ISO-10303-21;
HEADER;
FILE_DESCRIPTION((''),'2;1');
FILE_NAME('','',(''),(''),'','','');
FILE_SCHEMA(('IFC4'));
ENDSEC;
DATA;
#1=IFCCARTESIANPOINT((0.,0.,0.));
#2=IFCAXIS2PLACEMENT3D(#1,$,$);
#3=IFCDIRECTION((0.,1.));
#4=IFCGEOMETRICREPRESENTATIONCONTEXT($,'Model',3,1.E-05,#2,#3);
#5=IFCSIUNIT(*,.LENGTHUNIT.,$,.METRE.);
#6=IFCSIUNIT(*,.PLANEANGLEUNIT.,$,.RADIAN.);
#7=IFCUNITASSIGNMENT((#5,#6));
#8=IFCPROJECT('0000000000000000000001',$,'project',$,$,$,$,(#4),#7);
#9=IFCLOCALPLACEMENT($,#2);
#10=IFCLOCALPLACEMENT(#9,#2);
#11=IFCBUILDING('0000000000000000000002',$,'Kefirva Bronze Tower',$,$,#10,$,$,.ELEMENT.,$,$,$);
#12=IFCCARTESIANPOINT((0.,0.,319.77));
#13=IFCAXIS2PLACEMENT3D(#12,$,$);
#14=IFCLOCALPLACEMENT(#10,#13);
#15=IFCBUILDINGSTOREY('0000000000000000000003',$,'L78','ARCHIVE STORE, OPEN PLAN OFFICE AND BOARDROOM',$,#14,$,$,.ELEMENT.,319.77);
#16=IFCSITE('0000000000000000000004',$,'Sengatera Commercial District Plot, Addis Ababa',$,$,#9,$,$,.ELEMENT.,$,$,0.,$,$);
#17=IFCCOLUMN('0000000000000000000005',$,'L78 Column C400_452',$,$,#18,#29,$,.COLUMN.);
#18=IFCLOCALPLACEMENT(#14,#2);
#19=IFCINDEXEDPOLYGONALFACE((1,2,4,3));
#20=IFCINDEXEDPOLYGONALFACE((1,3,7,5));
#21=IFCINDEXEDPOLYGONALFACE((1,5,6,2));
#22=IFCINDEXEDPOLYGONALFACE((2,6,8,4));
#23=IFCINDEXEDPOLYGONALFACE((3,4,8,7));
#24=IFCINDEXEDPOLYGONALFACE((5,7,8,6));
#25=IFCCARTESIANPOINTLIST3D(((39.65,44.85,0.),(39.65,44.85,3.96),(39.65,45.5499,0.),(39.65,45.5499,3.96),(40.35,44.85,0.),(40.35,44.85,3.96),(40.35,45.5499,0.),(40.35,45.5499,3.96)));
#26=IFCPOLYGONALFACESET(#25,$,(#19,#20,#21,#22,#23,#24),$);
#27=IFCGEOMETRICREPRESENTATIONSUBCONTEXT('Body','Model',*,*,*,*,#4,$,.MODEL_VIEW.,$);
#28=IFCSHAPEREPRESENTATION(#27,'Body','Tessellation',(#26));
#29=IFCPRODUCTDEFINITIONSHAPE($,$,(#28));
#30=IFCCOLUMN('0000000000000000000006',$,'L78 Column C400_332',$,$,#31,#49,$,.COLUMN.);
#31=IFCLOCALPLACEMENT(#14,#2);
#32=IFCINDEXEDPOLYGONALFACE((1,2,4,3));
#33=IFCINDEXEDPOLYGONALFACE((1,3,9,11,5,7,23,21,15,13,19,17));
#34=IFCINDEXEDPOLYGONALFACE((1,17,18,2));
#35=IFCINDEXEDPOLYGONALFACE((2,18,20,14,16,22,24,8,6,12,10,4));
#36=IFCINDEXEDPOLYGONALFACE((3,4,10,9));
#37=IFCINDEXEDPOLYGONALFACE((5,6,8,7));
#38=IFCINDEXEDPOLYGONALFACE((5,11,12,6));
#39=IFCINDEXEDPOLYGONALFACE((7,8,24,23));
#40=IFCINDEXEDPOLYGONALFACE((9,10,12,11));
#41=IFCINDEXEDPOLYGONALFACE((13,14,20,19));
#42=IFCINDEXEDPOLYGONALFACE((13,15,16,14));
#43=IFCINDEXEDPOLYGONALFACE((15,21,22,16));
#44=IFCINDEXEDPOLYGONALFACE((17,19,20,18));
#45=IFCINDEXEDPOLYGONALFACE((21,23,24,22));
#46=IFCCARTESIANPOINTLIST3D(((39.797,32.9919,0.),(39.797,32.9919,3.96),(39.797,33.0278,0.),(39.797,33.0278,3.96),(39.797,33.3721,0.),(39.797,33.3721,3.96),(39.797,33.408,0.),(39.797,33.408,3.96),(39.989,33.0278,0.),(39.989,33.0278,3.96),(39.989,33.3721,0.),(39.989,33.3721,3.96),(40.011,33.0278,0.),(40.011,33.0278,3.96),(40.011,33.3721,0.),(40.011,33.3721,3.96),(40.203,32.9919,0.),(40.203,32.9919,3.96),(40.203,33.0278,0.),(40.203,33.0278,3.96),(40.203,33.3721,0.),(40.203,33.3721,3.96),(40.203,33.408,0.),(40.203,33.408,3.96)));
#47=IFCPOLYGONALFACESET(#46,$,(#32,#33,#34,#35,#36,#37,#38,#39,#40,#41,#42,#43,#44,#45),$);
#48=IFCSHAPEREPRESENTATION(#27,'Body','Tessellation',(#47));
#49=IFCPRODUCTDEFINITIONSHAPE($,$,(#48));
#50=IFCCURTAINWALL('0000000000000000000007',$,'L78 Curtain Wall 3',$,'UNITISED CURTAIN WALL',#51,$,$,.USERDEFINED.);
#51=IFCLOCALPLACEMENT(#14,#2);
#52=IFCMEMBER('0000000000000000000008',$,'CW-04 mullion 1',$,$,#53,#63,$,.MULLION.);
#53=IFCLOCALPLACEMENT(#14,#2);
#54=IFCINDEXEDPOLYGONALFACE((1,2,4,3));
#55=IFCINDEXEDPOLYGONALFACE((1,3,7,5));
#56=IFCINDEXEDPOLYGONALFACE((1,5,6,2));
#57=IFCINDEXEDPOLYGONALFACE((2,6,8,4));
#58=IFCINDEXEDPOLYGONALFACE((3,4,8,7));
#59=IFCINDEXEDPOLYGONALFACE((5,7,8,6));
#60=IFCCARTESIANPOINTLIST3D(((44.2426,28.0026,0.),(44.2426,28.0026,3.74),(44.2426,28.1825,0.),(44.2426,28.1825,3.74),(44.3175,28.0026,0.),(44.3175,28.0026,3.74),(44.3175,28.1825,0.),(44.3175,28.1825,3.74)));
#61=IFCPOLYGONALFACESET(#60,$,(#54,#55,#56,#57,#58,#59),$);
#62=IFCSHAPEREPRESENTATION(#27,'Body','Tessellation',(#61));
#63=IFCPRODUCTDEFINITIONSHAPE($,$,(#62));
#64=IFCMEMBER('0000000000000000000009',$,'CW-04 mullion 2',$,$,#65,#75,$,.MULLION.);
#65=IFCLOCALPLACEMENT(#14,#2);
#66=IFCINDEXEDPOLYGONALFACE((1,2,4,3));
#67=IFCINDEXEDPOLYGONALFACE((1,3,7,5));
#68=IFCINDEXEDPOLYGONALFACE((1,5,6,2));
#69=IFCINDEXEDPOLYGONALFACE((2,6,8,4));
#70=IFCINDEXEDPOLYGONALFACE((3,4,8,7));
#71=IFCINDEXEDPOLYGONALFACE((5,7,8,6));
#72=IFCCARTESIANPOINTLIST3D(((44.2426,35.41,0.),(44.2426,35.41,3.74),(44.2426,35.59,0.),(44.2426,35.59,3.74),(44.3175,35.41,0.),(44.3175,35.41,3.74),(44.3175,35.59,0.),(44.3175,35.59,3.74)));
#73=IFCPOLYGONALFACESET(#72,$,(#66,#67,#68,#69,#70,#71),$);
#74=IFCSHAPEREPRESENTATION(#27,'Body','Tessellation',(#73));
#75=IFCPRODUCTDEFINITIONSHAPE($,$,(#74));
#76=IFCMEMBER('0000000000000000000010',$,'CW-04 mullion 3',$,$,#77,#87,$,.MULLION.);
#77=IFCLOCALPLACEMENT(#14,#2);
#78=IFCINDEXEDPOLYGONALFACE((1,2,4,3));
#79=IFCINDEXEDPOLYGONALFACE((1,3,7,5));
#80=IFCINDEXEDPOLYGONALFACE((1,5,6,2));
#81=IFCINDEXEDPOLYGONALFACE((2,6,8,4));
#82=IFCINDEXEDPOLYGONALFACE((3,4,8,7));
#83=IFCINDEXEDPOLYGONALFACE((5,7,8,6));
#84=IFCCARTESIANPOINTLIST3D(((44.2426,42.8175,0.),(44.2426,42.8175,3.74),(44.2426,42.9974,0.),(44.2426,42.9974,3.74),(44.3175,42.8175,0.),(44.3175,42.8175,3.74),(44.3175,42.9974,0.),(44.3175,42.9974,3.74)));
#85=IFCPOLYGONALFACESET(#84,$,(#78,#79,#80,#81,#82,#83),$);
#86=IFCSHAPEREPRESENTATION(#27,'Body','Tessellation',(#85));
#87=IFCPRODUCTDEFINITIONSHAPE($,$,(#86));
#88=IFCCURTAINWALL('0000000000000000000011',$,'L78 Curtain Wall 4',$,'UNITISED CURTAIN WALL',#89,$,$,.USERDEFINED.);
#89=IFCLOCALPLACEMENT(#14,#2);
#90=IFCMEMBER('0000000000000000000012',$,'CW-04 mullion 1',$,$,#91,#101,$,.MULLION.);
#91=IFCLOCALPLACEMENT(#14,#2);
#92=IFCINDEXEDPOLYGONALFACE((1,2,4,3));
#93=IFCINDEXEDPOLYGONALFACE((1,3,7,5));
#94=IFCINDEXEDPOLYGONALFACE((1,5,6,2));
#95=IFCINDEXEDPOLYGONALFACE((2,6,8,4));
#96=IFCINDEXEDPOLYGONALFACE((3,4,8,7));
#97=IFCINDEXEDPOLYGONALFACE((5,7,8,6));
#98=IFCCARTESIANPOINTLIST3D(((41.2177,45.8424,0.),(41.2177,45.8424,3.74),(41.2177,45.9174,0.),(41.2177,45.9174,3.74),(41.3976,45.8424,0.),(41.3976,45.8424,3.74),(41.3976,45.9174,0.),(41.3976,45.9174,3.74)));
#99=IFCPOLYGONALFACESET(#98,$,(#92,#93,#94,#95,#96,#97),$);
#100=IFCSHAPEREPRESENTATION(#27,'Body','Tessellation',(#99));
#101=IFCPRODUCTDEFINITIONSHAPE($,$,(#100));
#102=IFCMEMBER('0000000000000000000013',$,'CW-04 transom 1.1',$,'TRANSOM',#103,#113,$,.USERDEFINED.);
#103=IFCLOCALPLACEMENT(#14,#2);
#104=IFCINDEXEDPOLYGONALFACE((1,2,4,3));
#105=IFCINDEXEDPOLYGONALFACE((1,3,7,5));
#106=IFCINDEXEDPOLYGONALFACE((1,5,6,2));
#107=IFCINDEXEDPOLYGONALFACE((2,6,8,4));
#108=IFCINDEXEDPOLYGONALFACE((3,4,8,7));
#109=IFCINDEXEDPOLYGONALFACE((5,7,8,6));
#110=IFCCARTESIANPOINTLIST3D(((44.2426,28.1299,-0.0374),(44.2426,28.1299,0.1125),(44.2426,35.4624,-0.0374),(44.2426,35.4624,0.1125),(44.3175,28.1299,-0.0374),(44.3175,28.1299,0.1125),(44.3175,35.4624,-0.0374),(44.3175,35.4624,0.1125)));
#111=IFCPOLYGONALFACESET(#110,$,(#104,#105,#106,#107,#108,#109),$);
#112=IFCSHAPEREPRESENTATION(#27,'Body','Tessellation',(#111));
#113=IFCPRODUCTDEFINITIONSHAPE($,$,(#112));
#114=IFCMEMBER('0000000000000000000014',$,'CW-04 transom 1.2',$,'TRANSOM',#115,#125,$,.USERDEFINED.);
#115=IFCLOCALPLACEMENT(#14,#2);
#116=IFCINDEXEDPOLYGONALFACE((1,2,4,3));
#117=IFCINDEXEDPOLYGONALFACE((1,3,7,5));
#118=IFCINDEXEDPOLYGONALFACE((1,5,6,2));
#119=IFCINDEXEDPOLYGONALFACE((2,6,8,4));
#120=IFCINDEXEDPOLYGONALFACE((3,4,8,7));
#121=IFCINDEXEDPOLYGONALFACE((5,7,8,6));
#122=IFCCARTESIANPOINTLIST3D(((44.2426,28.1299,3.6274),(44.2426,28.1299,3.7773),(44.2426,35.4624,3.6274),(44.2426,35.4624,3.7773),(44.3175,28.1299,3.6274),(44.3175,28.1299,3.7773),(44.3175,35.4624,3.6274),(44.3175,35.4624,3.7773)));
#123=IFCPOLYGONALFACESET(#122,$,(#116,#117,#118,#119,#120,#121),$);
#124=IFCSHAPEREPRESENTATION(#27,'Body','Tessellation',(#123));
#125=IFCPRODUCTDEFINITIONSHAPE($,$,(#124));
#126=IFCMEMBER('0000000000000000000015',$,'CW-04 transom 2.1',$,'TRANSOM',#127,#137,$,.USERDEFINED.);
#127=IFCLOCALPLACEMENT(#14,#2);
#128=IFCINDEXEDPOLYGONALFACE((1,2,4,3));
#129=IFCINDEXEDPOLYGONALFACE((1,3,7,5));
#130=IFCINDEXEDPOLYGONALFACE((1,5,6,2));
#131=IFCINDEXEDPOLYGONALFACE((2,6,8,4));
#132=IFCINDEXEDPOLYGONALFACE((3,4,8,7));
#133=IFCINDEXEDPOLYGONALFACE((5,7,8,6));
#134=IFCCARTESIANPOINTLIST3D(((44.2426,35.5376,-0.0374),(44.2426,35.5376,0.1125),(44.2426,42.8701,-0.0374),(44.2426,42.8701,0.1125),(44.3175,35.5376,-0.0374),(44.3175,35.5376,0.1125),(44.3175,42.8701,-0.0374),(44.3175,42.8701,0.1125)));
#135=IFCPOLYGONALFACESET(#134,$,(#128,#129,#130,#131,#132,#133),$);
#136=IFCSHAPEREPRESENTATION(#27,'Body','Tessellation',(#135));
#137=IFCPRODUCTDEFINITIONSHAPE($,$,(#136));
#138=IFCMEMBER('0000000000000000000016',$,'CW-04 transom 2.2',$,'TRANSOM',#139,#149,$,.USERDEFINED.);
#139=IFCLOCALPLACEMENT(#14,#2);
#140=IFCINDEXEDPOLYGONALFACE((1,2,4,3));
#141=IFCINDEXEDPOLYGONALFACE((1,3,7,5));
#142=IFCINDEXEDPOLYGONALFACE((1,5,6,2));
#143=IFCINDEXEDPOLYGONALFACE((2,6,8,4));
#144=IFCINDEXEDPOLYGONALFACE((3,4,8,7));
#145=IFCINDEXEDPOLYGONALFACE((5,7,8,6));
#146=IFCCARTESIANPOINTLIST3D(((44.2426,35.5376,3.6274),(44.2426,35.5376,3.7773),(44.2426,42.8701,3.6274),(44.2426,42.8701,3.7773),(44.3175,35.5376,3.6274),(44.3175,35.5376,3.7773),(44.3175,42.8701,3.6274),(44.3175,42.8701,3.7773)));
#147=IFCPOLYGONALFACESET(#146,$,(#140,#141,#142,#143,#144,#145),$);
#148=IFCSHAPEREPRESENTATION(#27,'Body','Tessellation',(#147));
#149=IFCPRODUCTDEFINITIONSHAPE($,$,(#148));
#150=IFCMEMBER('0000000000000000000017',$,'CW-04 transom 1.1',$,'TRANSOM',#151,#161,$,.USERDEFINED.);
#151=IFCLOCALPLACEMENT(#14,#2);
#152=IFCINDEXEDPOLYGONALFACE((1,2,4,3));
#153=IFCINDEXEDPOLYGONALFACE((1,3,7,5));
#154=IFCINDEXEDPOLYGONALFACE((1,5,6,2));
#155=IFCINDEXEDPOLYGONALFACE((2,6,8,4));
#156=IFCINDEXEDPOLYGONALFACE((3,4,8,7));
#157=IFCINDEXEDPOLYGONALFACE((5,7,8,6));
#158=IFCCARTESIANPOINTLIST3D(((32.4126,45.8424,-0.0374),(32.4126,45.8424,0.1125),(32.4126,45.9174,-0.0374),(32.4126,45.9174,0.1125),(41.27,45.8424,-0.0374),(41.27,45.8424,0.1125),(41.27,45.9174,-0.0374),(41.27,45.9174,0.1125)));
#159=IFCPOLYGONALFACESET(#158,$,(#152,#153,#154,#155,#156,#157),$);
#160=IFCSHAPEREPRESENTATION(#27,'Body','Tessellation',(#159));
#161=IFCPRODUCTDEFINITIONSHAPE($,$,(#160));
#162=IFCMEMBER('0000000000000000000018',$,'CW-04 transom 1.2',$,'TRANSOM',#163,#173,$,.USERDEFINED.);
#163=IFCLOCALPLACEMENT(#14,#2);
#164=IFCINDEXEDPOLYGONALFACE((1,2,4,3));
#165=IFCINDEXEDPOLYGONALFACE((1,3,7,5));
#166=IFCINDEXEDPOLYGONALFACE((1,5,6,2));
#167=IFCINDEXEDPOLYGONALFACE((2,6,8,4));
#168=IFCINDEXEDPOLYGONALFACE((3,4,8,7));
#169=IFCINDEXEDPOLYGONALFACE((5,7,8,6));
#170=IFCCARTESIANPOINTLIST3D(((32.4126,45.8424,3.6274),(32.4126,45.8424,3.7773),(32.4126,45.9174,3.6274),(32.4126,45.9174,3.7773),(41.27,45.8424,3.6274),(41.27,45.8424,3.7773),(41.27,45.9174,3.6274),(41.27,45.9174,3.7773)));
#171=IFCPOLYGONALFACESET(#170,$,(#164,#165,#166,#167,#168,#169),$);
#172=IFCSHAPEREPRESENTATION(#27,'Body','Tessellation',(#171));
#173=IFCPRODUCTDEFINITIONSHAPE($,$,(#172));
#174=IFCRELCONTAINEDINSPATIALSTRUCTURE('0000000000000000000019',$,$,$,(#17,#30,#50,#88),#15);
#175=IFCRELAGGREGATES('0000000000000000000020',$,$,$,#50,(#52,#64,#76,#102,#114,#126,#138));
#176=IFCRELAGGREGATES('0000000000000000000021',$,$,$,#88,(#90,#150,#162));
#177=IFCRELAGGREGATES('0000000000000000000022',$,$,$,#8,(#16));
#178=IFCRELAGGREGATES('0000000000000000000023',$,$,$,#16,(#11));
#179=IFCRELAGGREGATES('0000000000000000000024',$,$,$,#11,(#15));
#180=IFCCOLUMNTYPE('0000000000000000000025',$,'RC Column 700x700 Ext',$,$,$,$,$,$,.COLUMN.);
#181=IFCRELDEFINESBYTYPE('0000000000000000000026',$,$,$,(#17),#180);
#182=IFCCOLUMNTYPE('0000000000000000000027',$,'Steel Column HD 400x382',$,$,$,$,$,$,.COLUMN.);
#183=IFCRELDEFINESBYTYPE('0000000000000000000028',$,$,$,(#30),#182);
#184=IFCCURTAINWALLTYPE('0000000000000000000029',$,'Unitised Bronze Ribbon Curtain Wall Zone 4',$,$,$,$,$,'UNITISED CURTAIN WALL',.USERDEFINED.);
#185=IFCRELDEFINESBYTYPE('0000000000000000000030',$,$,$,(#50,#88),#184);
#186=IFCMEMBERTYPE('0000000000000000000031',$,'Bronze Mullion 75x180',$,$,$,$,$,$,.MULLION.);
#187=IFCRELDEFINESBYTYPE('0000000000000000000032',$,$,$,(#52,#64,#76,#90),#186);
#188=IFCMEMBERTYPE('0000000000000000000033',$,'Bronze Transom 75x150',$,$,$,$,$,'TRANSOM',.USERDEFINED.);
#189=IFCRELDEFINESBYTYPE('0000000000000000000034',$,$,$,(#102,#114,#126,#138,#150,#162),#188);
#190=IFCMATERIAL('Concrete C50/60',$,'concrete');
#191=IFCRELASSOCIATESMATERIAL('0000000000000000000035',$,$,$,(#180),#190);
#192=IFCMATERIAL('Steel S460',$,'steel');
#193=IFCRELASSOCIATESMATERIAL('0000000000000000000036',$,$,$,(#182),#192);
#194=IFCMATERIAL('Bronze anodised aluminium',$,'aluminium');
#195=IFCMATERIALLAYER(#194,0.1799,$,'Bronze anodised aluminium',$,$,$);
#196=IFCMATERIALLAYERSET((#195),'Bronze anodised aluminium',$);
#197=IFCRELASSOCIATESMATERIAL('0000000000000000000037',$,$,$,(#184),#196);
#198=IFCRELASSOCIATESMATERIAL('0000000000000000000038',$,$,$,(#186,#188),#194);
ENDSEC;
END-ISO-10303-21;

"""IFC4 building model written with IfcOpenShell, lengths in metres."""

from ifc_helpers import new_model, si_unit, direction, frame, origin, origin_2d, place, context, subcontext, project, spatial, rectangle, i_section, extrude, material, layer, layer_set, material_profile, profile_set, type_object, element, aggregate, save


model = new_model("IFC4")

# Units and contexts
model_context = context("Model", 3, precision=1e-05, world=origin(), true_north=direction((0.0, 1.0)))
body_context = subcontext(model_context, "Body", "Model", "MODEL_VIEW")
ifc_project = project(units=[si_unit("LENGTHUNIT", "METRE"), si_unit("PLANEANGLEUNIT", "RADIAN")], contexts=[model_context])

# Site, building, storey
site_placement = place(None, origin())
site = spatial("IfcSite", under=ifc_project, at=site_placement, Name="Sengatera Commercial District Plot, Addis Ababa", CompositionType="ELEMENT", RefElevation=0.0)
building_placement = place(site_placement, origin())
building = spatial("IfcBuilding", under=site, at=building_placement, Name="Kefirva Bronze Tower", CompositionType="ELEMENT")
storey_placement = place(building_placement, frame((0.0, 0.0, 319.77)))
storey = spatial("IfcBuildingStorey", under=building, at=storey_placement, Name="L78", Description="ARCHIVE STORE, OPEN PLAN OFFICE AND BOARDROOM", CompositionType="ELEMENT", Elevation=319.77)

# Columns
ifc_material_1 = material(Name="Concrete C50/60", Category="concrete")
ifc_material_profile_1 = material_profile(ifc_material_1, rectangle(XDim=0.7, YDim=0.7, at=origin_2d()), Name="RC 700x700")
ifc_profile_set_1 = profile_set([ifc_material_profile_1], Name="Concrete C50/60")
column_type_1 = type_object("IfcColumnType", Name="RC Column 700x700 Ext", PredefinedType="COLUMN", material=ifc_profile_set_1)
column_1_placement = place(storey_placement, frame((40.0, 45.2, 0.0), z_axis=(0.0, 0.0, 1.0), x_axis=(1.0, 0.0, 0.0)))
element("IfcColumn", 1, at=column_1_placement, inside=storey, type_object=column_type_1, Name="L78 Column C400_452", PredefinedType="COLUMN", context=body_context, shape_type="SweptSolid", body=[
    extrude(rectangle(XDim=0.7, YDim=0.7, at=origin_2d()), origin(), (0.0, 0.0, 1.0), 3.96),
])
ifc_material_2 = material(Name="Steel S460", Category="steel")
ifc_material_profile_2 = material_profile(ifc_material_2, i_section(OverallWidth=0.406, OverallDepth=0.416, WebThickness=0.022, FlangeThickness=0.0359, at=origin_2d()), Name="HD 400x382")
ifc_profile_set_2 = profile_set([ifc_material_profile_2], Name="Steel S460")
column_type_2 = type_object("IfcColumnType", Name="Steel Column HD 400x382", PredefinedType="COLUMN", material=ifc_profile_set_2)
column_2_placement = place(storey_placement, frame((40.0, 33.2, 0.0), z_axis=(0.0, 0.0, 1.0), x_axis=(1.0, 0.0, 0.0)))
element("IfcColumn", 2, at=column_2_placement, inside=storey, type_object=column_type_2, Name="L78 Column C400_332", PredefinedType="COLUMN", context=body_context, shape_type="SweptSolid", body=[
    extrude(i_section(OverallWidth=0.406, OverallDepth=0.416, WebThickness=0.022, FlangeThickness=0.0359, at=origin_2d()), origin(), (0.0, 0.0, 1.0), 3.96),
])

# Curtain wall, members
ifc_material_3 = material(Name="Bronze anodised aluminium", Category="aluminium")
ifc_layer_1 = layer(ifc_material_3, 0.1799, Name="Bronze anodised aluminium")
ifc_layer_set_1 = layer_set([ifc_layer_1], Name="Bronze anodised aluminium")
curtain_wall_type = type_object("IfcCurtainWallType", Name="Unitised Bronze Ribbon Curtain Wall Zone 4", ElementType="UNITISED CURTAIN WALL", PredefinedType="USERDEFINED", material=ifc_layer_set_1)
curtain_wall_1_placement = place(storey_placement, origin())
curtain_wall_1 = element("IfcCurtainWall", 3, at=curtain_wall_1_placement, inside=storey, type_object=curtain_wall_type, Name="L78 Curtain Wall 3", ObjectType="UNITISED CURTAIN WALL", PredefinedType="USERDEFINED")
ifc_material_profile_3 = material_profile(ifc_material_3, rectangle(XDim=0.075, YDim=0.1799, at=origin_2d()), Name="ALU 75x180")
ifc_profile_set_3 = profile_set([ifc_material_profile_3], Name="Bronze anodised aluminium")
member_type_1 = type_object("IfcMemberType", Name="Bronze Mullion 75x180", PredefinedType="MULLION", material=ifc_profile_set_3)
member_1_placement = place(storey_placement, frame((44.28, 28.0925, 0.0), z_axis=(0.0, 0.0, 1.0), x_axis=(-1.0, 0.0, 0.0)))
member_1 = element("IfcMember", 4, at=member_1_placement, type_object=member_type_1, Name="CW-04 mullion 1", PredefinedType="MULLION", context=body_context, shape_type="SweptSolid", body=[
    extrude(rectangle(XDim=0.075, YDim=0.1799, at=origin_2d()), origin(), (0.0, 0.0, 1.0), 3.74),
])
member_2_placement = place(storey_placement, frame((44.28, 35.5, 0.0), z_axis=(0.0, 0.0, 1.0), x_axis=(-1.0, 0.0, 0.0)))
member_2 = element("IfcMember", 5, at=member_2_placement, type_object=member_type_1, Name="CW-04 mullion 2", PredefinedType="MULLION", context=body_context, shape_type="SweptSolid", body=[
    extrude(rectangle(XDim=0.075, YDim=0.1799, at=origin_2d()), origin(), (0.0, 0.0, 1.0), 3.74),
])
member_3_placement = place(storey_placement, frame((44.28, 42.9075, 0.0), z_axis=(0.0, 0.0, 1.0), x_axis=(-1.0, 0.0, 0.0)))
member_3 = element("IfcMember", 6, at=member_3_placement, type_object=member_type_1, Name="CW-04 mullion 3", PredefinedType="MULLION", context=body_context, shape_type="SweptSolid", body=[
    extrude(rectangle(XDim=0.075, YDim=0.1799, at=origin_2d()), origin(), (0.0, 0.0, 1.0), 3.74),
])

# Curtain wall, member
curtain_wall_2_placement = place(storey_placement, origin())
curtain_wall_2 = element("IfcCurtainWall", 7, at=curtain_wall_2_placement, inside=storey, type_object=curtain_wall_type, Name="L78 Curtain Wall 4", ObjectType="UNITISED CURTAIN WALL", PredefinedType="USERDEFINED")
member_4_placement = place(storey_placement, frame((41.3076, 45.8799, 0.0), z_axis=(0.0, 0.0, 1.0), x_axis=(0.0, -1.0, 0.0)))
member_4 = element("IfcMember", 8, at=member_4_placement, type_object=member_type_1, Name="CW-04 mullion 1", PredefinedType="MULLION", context=body_context, shape_type="SweptSolid", body=[
    extrude(rectangle(XDim=0.075, YDim=0.1799, at=origin_2d()), origin(), (0.0, 0.0, 1.0), 3.74),
])

# Members
ifc_material_profile_4 = material_profile(ifc_material_3, rectangle(XDim=0.075, YDim=0.1499, at=origin_2d()), Name="ALU 75x150")
ifc_profile_set_4 = profile_set([ifc_material_profile_4], Name="Bronze anodised aluminium")
member_type_2 = type_object("IfcMemberType", Name="Bronze Transom 75x150", ElementType="TRANSOM", PredefinedType="USERDEFINED", material=ifc_profile_set_4)
member_5_placement = place(storey_placement, frame((44.28, 28.1299, 0.0376), z_axis=(0.0, 1.0, 0.0), x_axis=(-1.0, 0.0, 0.0)))
member_5 = element("IfcMember", 9, at=member_5_placement, type_object=member_type_2, Name="CW-04 transom 1.1", ObjectType="TRANSOM", PredefinedType="USERDEFINED", context=body_context, shape_type="SweptSolid", body=[
    extrude(rectangle(XDim=0.075, YDim=0.1499, at=origin_2d()), origin(), (0.0, 0.0, 1.0), 7.3325),
])
member_6_placement = place(storey_placement, frame((44.28, 28.1299, 3.7024), z_axis=(0.0, 1.0, 0.0), x_axis=(-1.0, 0.0, 0.0)))
member_6 = element("IfcMember", 10, at=member_6_placement, type_object=member_type_2, Name="CW-04 transom 1.2", ObjectType="TRANSOM", PredefinedType="USERDEFINED", context=body_context, shape_type="SweptSolid", body=[
    extrude(rectangle(XDim=0.075, YDim=0.1499, at=origin_2d()), origin(), (0.0, 0.0, 1.0), 7.3325),
])
member_7_placement = place(storey_placement, frame((44.28, 35.5376, 0.0376), z_axis=(0.0, 1.0, 0.0), x_axis=(-1.0, 0.0, 0.0)))
member_7 = element("IfcMember", 11, at=member_7_placement, type_object=member_type_2, Name="CW-04 transom 2.1", ObjectType="TRANSOM", PredefinedType="USERDEFINED", context=body_context, shape_type="SweptSolid", body=[
    extrude(rectangle(XDim=0.075, YDim=0.1499, at=origin_2d()), origin(), (0.0, 0.0, 1.0), 7.3325),
])
member_8_placement = place(storey_placement, frame((44.28, 35.5376, 3.7024), z_axis=(0.0, 1.0, 0.0), x_axis=(-1.0, 0.0, 0.0)))
member_8 = element("IfcMember", 12, at=member_8_placement, type_object=member_type_2, Name="CW-04 transom 2.2", ObjectType="TRANSOM", PredefinedType="USERDEFINED", context=body_context, shape_type="SweptSolid", body=[
    extrude(rectangle(XDim=0.075, YDim=0.1499, at=origin_2d()), origin(), (0.0, 0.0, 1.0), 7.3325),
])
member_9_placement = place(storey_placement, frame((41.27, 45.8799, 0.0376), z_axis=(-1.0, 0.0, 0.0), x_axis=(0.0, -1.0, 0.0)))
member_9 = element("IfcMember", 13, at=member_9_placement, type_object=member_type_2, Name="CW-04 transom 1.1", ObjectType="TRANSOM", PredefinedType="USERDEFINED", context=body_context, shape_type="SweptSolid", body=[
    extrude(rectangle(XDim=0.075, YDim=0.1499, at=origin_2d()), origin(), (0.0, 0.0, 1.0), 8.8574),
])
member_10_placement = place(storey_placement, frame((41.27, 45.8799, 3.7024), z_axis=(-1.0, 0.0, 0.0), x_axis=(0.0, -1.0, 0.0)))
member_10 = element("IfcMember", 14, at=member_10_placement, type_object=member_type_2, Name="CW-04 transom 1.2", ObjectType="TRANSOM", PredefinedType="USERDEFINED", context=body_context, shape_type="SweptSolid", body=[
    extrude(rectangle(XDim=0.075, YDim=0.1499, at=origin_2d()), origin(), (0.0, 0.0, 1.0), 8.8574),
])

aggregate(curtain_wall_1, [member_1, member_2, member_3, member_5, member_6, member_7, member_8])
aggregate(curtain_wall_2, [member_4, member_9, member_10])

save(model, "model.ifc")
